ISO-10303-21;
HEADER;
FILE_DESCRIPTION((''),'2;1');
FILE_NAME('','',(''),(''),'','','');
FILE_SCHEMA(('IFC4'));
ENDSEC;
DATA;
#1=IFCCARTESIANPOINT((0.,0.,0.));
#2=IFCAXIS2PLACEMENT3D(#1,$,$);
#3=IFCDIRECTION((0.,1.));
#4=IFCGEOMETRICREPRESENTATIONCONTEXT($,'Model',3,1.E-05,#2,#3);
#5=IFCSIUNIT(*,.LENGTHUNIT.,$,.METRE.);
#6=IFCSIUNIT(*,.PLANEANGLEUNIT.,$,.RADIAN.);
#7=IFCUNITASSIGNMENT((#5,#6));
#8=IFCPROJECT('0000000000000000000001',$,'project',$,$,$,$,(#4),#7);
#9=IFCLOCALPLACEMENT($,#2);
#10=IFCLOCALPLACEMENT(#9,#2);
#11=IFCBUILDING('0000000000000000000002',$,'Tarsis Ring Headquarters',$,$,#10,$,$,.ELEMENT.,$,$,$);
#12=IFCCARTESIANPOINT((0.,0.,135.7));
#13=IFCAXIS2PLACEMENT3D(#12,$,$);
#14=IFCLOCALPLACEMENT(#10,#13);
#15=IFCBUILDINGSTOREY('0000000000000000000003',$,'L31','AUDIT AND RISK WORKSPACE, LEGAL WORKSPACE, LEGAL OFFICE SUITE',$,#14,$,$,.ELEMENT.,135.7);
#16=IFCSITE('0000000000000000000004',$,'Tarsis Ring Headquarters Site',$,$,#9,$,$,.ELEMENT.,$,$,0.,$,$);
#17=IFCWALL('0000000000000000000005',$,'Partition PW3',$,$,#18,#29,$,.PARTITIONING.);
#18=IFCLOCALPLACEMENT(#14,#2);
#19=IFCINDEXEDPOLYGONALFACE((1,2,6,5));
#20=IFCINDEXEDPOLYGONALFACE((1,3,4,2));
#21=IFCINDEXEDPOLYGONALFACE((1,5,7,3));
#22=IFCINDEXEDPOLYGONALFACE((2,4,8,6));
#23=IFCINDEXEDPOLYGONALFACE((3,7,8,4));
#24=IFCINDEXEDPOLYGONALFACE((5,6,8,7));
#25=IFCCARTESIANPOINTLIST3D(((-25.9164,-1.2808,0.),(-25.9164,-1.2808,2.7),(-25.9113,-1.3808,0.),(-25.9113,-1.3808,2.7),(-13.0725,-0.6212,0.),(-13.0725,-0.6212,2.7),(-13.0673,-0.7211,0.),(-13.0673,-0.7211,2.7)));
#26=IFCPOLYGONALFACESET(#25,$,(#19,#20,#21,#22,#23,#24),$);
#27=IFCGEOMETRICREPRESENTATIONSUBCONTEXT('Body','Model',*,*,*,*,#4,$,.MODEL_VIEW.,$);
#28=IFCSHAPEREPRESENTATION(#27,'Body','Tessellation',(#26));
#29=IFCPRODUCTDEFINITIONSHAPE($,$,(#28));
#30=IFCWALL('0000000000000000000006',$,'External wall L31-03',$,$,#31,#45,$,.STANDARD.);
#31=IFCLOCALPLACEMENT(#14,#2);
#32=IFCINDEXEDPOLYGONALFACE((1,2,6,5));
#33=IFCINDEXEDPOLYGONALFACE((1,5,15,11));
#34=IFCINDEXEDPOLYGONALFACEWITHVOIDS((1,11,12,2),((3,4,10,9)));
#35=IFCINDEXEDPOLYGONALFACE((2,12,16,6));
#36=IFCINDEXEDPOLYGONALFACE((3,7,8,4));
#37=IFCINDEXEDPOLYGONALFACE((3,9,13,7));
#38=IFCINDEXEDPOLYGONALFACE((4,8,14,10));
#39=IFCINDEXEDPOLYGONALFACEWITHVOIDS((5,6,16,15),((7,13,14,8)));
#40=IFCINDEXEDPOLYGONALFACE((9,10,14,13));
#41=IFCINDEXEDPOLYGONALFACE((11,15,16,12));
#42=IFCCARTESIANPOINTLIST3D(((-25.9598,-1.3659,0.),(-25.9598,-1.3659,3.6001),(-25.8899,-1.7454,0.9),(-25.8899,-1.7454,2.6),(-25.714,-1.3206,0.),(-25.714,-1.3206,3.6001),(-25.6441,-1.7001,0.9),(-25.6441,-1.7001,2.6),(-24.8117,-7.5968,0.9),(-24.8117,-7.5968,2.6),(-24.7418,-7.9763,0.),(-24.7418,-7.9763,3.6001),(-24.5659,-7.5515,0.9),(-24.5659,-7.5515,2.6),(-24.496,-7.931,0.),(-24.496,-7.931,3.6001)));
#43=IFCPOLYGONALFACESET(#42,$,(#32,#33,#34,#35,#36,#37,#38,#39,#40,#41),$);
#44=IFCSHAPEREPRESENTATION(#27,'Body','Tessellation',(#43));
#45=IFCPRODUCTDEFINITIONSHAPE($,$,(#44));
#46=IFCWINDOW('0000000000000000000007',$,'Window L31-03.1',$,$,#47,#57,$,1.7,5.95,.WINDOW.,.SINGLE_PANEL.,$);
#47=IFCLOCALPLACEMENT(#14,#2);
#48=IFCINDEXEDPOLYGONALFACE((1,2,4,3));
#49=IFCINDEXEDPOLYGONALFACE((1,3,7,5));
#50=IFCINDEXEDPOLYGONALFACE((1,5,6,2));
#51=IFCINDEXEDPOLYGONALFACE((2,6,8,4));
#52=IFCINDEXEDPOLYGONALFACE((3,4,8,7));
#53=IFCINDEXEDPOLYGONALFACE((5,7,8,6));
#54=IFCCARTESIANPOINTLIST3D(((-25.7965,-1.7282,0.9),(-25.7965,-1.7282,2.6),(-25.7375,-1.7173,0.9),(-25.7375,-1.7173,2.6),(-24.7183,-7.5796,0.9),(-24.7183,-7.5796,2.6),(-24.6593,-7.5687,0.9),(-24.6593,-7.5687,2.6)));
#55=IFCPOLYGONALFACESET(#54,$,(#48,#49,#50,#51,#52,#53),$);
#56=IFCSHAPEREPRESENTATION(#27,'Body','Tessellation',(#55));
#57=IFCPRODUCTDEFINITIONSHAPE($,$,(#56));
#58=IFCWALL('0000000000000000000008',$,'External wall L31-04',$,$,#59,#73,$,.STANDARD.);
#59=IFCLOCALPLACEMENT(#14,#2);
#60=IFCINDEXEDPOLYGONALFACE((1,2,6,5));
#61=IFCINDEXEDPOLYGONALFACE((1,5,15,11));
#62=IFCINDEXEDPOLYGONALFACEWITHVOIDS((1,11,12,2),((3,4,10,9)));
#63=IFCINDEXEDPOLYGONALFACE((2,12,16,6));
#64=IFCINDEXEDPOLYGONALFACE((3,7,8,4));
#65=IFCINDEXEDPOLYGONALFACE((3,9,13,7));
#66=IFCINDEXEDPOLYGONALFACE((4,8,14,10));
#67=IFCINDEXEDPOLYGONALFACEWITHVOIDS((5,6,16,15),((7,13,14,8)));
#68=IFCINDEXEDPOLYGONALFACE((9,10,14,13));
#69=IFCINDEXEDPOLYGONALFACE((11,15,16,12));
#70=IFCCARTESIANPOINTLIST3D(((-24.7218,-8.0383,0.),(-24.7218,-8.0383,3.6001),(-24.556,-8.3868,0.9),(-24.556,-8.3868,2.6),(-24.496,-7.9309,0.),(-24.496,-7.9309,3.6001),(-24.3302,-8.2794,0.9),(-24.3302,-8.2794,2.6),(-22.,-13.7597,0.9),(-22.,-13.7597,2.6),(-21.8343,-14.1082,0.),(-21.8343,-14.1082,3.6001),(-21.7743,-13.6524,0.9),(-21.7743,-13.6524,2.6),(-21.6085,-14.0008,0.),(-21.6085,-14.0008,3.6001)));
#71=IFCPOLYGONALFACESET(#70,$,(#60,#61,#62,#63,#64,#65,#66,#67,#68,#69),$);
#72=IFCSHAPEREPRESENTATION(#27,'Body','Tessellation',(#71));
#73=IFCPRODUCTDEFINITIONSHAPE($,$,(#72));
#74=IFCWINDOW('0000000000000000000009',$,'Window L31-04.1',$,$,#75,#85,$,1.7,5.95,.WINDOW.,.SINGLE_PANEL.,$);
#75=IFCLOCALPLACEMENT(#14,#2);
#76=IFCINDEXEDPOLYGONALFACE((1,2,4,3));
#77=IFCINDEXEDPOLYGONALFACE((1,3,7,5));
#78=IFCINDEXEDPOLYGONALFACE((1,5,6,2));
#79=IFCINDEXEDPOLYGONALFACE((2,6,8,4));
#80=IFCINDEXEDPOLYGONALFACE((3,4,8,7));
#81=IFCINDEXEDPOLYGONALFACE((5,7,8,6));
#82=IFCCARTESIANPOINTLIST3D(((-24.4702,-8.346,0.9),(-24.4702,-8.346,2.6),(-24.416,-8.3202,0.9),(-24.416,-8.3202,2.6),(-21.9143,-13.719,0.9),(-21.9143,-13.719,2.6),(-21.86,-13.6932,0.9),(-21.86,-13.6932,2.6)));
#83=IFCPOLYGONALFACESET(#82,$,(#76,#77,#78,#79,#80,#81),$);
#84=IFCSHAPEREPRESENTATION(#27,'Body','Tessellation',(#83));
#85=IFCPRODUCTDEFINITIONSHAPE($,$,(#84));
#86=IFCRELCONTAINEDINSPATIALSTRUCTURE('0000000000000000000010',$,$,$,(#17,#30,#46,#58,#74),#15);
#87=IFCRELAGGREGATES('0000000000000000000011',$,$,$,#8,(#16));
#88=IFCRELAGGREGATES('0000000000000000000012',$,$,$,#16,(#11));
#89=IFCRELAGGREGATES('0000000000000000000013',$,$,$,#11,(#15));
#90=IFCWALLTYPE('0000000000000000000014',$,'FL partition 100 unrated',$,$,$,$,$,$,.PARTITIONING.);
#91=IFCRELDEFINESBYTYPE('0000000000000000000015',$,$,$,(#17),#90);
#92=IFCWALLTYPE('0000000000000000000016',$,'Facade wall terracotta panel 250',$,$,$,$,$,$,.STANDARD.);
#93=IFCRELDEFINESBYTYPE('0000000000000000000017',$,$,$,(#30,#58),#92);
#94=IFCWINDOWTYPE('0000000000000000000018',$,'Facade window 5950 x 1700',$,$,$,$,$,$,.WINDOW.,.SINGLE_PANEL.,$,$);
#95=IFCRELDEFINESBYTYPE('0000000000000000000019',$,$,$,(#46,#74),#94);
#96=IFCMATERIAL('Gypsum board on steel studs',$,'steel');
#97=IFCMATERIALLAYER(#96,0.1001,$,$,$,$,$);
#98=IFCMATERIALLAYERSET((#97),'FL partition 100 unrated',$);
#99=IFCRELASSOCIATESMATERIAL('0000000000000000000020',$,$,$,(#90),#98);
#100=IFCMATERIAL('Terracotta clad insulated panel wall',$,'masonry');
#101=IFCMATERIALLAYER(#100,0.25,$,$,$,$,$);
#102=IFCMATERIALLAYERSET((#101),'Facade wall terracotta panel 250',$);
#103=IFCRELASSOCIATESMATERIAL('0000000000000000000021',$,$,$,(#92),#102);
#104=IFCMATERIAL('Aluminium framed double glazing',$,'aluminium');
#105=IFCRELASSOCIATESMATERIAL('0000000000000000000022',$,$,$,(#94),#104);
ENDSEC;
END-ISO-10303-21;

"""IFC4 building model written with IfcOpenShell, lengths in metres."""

from ifc_helpers import new_model, si_unit, direction, frame, frame_2d, origin, place, context, subcontext, project, spatial, rectangle, extrude, material, layer, layer_set, type_object, element, fill, save


model = new_model("IFC4")

# Units and contexts
model_context = context("Model", 3, precision=1e-05, world=origin(), true_north=direction((0.0, 1.0)))
body_context = subcontext(model_context, "Body", "Model", "MODEL_VIEW")
ifc_project = project(units=[si_unit("LENGTHUNIT", "METRE"), si_unit("PLANEANGLEUNIT", "RADIAN")], contexts=[model_context])

# Site, building, storey
site_placement = place(None, origin())
site = spatial("IfcSite", under=ifc_project, at=site_placement, Name="Tarsis Ring Headquarters Site", CompositionType="ELEMENT", RefElevation=0.0)
building_placement = place(site_placement, origin())
building = spatial("IfcBuilding", under=site, at=building_placement, Name="Tarsis Ring Headquarters", CompositionType="ELEMENT")
storey_placement = place(building_placement, frame((0.0, 0.0, 135.7)))
storey = spatial("IfcBuildingStorey", under=building, at=storey_placement, Name="L31", Description="AUDIT AND RISK WORKSPACE, LEGAL WORKSPACE, LEGAL OFFICE SUITE", CompositionType="ELEMENT", Elevation=135.7)

# Wall
ifc_material_1 = material(Name="Gypsum board on steel studs", Category="steel")
ifc_layer_1 = layer(ifc_material_1, 0.1001)
ifc_layer_set_1 = layer_set([ifc_layer_1], Name="FL partition 100 unrated")
wall_type_1 = type_object("IfcWallType", Name="FL partition 100 unrated", PredefinedType="PARTITIONING", material=ifc_layer_set_1)
wall_1_placement = place(storey_placement, frame((-25.9138, -1.3308, 0.0), z_axis=(0.0, 0.0, 1.0), x_axis=(0.998684, 0.051292, 0.0)))
element("IfcWall", 1, at=wall_1_placement, inside=storey, type_object=wall_type_1, Name="Partition PW3", PredefinedType="PARTITIONING", context=body_context, shape_type="SweptSolid", body=[
    extrude(rectangle(XDim=12.8608, YDim=0.1001, at=frame_2d((6.4304, 0.0))), origin(), (0.0, 0.0, 1.0), 2.7),
])

# Walls, openings, windows
ifc_material_2 = material(Name="Terracotta clad insulated panel wall", Category="masonry")
ifc_layer_2 = layer(ifc_material_2, 0.25)
ifc_layer_set_2 = layer_set([ifc_layer_2], Name="Facade wall terracotta panel 250")
wall_type_2 = type_object("IfcWallType", Name="Facade wall terracotta panel 250", PredefinedType="STANDARD", material=ifc_layer_set_2)
wall_2_placement = place(storey_placement, frame((-25.8369, -1.3433, 0.0), z_axis=(0.0, 0.0, 1.0), x_axis=(0.181209, -0.983445, 0.0)))
wall_2 = element("IfcWall", 2, at=wall_2_placement, inside=storey, type_object=wall_type_2, Name="External wall L31-03", PredefinedType="STANDARD", context=body_context, shape_type="SweptSolid", body=[
    extrude(rectangle(XDim=6.7217, YDim=0.25, at=frame_2d((3.3608, 0.0))), origin(), (0.0, 0.0, 1.0), 3.6001),
])
opening_1_placement = place(wall_2_placement, frame((0.3857, 0.0, 0.8999)))
opening_1 = element("IfcOpeningElement", 3, at=opening_1_placement, cuts=wall_2, PredefinedType="OPENING", context=body_context, shape_type="SweptSolid", body=[
    extrude(rectangle(XDim=5.95, YDim=1.7, at=frame_2d((2.9751, 0.8501))), frame((0.0, 0.135, 0.0), z_axis=(0.0, -1.0, 0.0), x_axis=(1.0, 0.0, 0.0)), (0.0, 0.0, 1.0), 0.27),
])
ifc_material_3 = material(Name="Aluminium framed double glazing", Category="aluminium")
window_type = type_object("IfcWindowType", Name="Facade window 5950 x 1700", PartitioningType="SINGLE_PANEL", PredefinedType="WINDOW", material=ifc_material_3)
window_1_placement = place(opening_1_placement, origin())
window_1 = element("IfcWindow", 4, at=window_1_placement, inside=storey, type_object=window_type, Name="Window L31-03.1", OverallHeight=1.7, OverallWidth=5.95, PartitioningType="SINGLE_PANEL", PredefinedType="WINDOW", context=body_context, shape_type="SweptSolid", body=[
    extrude(rectangle(XDim=5.95, YDim=1.7, at=frame_2d((2.9751, 0.8501))), frame((0.0, 0.03, 0.0), z_axis=(0.0, -1.0, 0.0), x_axis=(1.0, 0.0, 0.0)), (0.0, 0.0, 1.0), 0.0601),
])
fill(opening_1, window_1)
wall_3_placement = place(storey_placement, frame((-24.6089, -7.9846, 0.0), z_axis=(0.0, 0.0, 1.0), x_axis=(0.429577, -0.90303, 0.0)))
wall_3 = element("IfcWall", 5, at=wall_3_placement, inside=storey, type_object=wall_type_2, Name="External wall L31-04", PredefinedType="STANDARD", context=body_context, shape_type="SweptSolid", body=[
    extrude(rectangle(XDim=6.7217, YDim=0.25, at=frame_2d((3.3608, 0.0))), origin(), (0.0, 0.0, 1.0), 3.6001),
])
opening_2_placement = place(wall_3_placement, frame((0.3857, 0.0, 0.8999)))
opening_2 = element("IfcOpeningElement", 6, at=opening_2_placement, cuts=wall_3, PredefinedType="OPENING", context=body_context, shape_type="SweptSolid", body=[
    extrude(rectangle(XDim=5.95, YDim=1.7, at=frame_2d((2.9751, 0.8501))), frame((0.0, 0.135, 0.0), z_axis=(0.0, -1.0, 0.0), x_axis=(1.0, 0.0, 0.0)), (0.0, 0.0, 1.0), 0.27),
])
window_2_placement = place(opening_2_placement, origin())
window_2 = element("IfcWindow", 7, at=window_2_placement, inside=storey, type_object=window_type, Name="Window L31-04.1", OverallHeight=1.7, OverallWidth=5.95, PartitioningType="SINGLE_PANEL", PredefinedType="WINDOW", context=body_context, shape_type="SweptSolid", body=[
    extrude(rectangle(XDim=5.95, YDim=1.7, at=frame_2d((2.9751, 0.8501))), frame((0.0, 0.03, 0.0), z_axis=(0.0, -1.0, 0.0), x_axis=(1.0, 0.0, 0.0)), (0.0, 0.0, 1.0), 0.0601),
])
fill(opening_2, window_2)

save(model, "model.ifc")
